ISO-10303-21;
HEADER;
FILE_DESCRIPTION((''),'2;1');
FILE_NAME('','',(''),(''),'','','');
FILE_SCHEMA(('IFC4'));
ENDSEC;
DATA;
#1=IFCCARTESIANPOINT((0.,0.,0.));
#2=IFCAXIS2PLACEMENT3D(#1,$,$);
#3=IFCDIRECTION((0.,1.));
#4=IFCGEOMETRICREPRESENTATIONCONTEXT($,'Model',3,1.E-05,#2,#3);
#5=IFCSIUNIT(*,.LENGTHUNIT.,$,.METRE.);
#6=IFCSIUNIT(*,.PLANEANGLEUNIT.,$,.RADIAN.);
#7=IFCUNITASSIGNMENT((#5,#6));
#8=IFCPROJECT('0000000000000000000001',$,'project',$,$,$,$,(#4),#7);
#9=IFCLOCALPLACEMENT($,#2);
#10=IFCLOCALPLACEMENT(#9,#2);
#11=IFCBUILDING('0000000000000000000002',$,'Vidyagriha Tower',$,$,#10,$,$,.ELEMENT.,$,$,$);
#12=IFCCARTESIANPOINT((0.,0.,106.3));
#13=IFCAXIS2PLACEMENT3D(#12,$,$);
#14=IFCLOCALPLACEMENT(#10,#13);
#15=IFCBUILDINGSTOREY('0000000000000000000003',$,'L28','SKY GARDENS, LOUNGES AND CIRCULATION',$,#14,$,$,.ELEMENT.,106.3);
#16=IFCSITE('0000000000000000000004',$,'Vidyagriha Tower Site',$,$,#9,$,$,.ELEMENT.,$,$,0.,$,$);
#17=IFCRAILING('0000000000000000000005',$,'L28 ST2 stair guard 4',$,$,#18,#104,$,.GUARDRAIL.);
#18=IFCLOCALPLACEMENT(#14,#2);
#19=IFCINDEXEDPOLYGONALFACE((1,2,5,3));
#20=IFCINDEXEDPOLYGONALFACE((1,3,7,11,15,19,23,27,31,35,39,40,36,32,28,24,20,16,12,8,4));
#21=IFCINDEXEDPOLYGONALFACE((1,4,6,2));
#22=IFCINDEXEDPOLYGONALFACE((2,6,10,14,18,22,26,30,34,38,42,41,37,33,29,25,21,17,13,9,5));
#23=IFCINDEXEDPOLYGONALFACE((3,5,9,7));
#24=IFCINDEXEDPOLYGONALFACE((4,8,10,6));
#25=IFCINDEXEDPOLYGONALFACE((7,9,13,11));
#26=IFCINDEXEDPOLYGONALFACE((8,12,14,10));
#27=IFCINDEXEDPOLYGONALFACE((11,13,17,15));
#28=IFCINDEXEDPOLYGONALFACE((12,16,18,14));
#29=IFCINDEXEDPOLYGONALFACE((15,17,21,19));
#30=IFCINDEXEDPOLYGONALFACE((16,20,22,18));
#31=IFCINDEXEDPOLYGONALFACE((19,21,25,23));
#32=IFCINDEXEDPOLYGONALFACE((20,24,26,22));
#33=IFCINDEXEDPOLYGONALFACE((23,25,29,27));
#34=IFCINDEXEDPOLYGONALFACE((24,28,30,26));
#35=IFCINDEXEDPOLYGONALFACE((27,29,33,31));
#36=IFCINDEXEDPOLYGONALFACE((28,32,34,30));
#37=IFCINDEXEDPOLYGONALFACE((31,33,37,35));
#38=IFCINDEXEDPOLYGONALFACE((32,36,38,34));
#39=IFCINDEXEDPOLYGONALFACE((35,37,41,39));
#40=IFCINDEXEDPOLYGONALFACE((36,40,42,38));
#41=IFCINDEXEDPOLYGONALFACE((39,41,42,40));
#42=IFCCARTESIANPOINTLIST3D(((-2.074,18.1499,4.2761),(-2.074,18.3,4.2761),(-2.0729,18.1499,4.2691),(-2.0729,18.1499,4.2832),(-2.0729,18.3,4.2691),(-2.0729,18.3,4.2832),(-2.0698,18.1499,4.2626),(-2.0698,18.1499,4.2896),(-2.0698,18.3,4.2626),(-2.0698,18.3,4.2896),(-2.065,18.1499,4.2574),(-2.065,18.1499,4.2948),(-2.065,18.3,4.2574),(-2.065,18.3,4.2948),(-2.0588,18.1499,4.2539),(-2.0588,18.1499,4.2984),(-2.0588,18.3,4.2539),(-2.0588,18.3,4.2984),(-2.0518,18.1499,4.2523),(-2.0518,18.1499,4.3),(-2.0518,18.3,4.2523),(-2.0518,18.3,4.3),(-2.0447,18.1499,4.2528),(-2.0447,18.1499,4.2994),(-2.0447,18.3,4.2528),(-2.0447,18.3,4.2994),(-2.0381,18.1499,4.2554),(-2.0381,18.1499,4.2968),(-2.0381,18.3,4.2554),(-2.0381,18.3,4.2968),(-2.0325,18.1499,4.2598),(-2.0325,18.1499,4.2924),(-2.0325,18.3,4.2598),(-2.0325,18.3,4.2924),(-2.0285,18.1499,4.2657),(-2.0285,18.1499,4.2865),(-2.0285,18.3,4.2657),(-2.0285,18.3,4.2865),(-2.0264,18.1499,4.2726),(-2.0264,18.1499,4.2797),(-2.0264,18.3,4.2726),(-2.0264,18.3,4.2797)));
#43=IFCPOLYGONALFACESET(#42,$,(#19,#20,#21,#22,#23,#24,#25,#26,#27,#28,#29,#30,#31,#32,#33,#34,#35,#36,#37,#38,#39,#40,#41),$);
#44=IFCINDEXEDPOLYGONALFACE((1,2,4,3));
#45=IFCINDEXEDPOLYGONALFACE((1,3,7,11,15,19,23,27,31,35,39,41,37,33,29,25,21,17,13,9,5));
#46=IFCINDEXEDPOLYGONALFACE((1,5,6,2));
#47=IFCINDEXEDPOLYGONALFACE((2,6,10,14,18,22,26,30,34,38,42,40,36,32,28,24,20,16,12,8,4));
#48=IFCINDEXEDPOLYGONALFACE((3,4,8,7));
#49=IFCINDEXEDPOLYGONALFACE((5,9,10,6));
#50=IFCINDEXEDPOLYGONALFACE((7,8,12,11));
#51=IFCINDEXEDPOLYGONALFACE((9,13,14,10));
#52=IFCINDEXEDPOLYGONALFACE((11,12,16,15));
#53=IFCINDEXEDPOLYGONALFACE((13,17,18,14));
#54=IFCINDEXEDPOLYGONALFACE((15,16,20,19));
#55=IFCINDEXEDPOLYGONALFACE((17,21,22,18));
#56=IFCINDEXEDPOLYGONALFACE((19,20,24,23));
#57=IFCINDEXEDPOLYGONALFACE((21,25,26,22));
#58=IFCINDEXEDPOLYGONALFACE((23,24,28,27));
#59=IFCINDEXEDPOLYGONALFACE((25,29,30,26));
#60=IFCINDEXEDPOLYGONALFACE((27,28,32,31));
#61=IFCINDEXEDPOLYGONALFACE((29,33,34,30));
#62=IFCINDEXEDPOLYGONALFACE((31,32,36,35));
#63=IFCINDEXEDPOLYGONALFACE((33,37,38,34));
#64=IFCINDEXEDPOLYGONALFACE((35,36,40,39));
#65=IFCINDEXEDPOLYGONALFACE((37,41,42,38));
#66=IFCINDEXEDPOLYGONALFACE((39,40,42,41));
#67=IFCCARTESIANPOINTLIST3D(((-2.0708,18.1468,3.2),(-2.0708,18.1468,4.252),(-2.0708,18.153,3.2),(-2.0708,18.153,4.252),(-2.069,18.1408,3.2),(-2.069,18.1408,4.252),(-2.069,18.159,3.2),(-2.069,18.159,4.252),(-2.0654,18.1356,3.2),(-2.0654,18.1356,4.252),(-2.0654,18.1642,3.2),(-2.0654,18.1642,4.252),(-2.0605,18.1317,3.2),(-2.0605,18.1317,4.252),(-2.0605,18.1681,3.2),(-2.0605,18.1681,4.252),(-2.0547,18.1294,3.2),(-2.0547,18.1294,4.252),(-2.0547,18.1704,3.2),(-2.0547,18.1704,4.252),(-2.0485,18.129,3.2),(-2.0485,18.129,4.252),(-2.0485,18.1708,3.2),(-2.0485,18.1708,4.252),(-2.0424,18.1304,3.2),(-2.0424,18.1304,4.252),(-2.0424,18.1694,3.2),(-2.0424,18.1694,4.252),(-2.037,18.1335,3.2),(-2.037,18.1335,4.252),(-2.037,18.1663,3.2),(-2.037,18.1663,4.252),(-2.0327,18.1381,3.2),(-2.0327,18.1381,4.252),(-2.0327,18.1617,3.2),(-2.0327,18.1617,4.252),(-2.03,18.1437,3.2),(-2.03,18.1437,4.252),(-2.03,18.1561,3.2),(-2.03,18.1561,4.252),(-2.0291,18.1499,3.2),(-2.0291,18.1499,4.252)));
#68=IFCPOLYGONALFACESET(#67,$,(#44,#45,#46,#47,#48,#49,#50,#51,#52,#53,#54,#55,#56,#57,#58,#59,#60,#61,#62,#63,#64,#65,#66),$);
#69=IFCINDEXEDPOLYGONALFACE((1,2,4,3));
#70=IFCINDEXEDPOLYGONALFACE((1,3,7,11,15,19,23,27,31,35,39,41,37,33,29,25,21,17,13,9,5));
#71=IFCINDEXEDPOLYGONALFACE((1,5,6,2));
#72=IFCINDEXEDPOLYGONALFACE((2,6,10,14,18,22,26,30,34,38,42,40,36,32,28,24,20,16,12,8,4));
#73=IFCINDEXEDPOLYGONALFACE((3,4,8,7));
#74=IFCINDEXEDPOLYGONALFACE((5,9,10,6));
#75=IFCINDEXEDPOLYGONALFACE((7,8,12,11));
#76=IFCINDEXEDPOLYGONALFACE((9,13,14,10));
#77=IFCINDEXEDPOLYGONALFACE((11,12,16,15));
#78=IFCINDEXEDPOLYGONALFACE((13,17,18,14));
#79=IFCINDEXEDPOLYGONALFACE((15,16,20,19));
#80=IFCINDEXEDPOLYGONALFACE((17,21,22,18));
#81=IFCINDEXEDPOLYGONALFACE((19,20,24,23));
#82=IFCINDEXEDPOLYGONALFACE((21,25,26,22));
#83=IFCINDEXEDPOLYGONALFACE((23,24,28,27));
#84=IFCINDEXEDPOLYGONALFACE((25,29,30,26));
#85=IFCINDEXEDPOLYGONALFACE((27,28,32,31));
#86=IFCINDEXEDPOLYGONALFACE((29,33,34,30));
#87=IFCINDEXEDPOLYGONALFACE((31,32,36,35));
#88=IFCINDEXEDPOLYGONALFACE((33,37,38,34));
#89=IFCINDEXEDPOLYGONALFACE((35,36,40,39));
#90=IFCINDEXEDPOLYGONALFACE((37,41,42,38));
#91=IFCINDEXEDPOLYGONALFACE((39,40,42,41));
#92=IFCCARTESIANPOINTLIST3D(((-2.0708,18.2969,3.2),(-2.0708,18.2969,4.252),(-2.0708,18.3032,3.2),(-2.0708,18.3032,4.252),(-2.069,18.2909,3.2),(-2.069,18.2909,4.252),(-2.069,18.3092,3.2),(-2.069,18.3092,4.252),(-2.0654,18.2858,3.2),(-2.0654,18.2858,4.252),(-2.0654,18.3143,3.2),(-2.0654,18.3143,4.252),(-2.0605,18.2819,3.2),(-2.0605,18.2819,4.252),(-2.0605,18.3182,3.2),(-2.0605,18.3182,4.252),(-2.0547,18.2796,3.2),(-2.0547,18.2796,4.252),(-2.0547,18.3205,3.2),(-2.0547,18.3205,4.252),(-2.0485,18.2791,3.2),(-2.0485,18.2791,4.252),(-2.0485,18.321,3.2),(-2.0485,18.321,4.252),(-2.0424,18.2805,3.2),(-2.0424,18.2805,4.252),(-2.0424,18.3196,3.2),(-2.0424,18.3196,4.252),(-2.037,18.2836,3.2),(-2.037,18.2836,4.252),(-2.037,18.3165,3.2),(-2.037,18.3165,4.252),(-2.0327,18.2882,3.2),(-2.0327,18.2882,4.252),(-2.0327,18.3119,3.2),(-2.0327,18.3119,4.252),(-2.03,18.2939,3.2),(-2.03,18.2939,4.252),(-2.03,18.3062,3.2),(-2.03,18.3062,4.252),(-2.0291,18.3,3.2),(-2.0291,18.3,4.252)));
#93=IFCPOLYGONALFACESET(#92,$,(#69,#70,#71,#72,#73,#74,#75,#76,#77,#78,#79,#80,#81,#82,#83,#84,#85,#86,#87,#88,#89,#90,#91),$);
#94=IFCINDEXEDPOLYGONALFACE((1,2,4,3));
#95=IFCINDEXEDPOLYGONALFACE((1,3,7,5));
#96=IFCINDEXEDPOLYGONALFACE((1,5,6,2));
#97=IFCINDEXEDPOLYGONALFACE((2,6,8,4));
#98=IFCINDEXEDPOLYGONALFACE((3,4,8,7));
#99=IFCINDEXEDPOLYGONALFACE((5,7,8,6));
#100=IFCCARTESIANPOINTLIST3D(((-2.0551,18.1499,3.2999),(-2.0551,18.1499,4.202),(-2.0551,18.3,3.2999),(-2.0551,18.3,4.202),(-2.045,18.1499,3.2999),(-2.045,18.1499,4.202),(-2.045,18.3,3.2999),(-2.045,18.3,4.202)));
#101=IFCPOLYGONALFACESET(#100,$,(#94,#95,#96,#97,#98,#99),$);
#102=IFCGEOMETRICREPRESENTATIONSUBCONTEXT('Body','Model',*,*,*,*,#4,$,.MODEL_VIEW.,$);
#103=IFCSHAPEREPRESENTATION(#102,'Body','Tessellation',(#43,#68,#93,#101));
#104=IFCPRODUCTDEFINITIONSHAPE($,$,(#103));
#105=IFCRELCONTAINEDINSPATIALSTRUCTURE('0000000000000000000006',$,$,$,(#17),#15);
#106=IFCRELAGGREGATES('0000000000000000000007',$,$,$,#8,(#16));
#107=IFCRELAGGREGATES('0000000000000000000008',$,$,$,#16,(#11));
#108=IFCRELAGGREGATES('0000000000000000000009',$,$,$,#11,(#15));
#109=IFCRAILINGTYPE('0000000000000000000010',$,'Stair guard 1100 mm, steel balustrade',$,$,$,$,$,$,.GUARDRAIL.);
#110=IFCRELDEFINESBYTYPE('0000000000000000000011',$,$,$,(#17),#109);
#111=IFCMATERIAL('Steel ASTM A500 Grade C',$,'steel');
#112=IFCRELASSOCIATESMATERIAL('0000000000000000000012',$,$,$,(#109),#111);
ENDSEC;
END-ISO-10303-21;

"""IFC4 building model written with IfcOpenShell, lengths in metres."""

from ifc_helpers import new_model, si_unit, direction, frame, origin, origin_2d, place, context, subcontext, project, spatial, rectangle, circle, extrude, material, type_object, element, save


model = new_model("IFC4")

# Units and contexts
model_context = context("Model", 3, precision=1e-05, world=origin(), true_north=direction((0.0, 1.0)))
body_context = subcontext(model_context, "Body", "Model", "MODEL_VIEW")
ifc_project = project(units=[si_unit("LENGTHUNIT", "METRE"), si_unit("PLANEANGLEUNIT", "RADIAN")], contexts=[model_context])

# Site, building, storey
site_placement = place(None, origin())
site = spatial("IfcSite", under=ifc_project, at=site_placement, Name="Vidyagriha Tower Site", CompositionType="ELEMENT", RefElevation=0.0)
building_placement = place(site_placement, origin())
building = spatial("IfcBuilding", under=site, at=building_placement, Name="Vidyagriha Tower", CompositionType="ELEMENT")
storey_placement = place(building_placement, frame((0.0, 0.0, 106.3)))
storey = spatial("IfcBuildingStorey", under=building, at=storey_placement, Name="L28", Description="SKY GARDENS, LOUNGES AND CIRCULATION", CompositionType="ELEMENT", Elevation=106.3)

# Railing
ifc_material_1 = material(Name="Steel ASTM A500 Grade C", Category="steel")
railing_type_1 = type_object("IfcRailingType", Name="Stair guard 1100 mm, steel balustrade", PredefinedType="GUARDRAIL", material=ifc_material_1)
railing_1_placement = place(storey_placement, frame((-2.05, 18.1499, 3.2)))
element("IfcRailing", 1, at=railing_1_placement, inside=storey, type_object=railing_type_1, Name="L28 ST2 stair guard 4", PredefinedType="GUARDRAIL", context=body_context, shape_type="SweptSolid", body=[
    extrude(circle(Radius=0.0239, at=origin_2d()), frame((0.0, 0.0, 1.0762), z_axis=(0.0, 1.0, 0.0), x_axis=(-1.0, 0.0, 0.0)), (0.0, 0.0, 1.0), 0.1501),
    extrude(circle(Radius=0.021, at=origin_2d()), origin(), (0.0, 0.0, 1.0), 1.052),
    extrude(circle(Radius=0.021, at=origin_2d()), frame((0.0, 0.1501, 0.0)), (0.0, 0.0, 1.0), 1.052),
    extrude(rectangle(XDim=0.01, YDim=0.9021, at=origin_2d()), frame((0.0, 0.0, 0.551), z_axis=(0.0, 1.0, 0.0), x_axis=(-1.0, 0.0, 0.0)), (0.0, 0.0, 1.0), 0.1501),
])

save(model, "model.ifc")
